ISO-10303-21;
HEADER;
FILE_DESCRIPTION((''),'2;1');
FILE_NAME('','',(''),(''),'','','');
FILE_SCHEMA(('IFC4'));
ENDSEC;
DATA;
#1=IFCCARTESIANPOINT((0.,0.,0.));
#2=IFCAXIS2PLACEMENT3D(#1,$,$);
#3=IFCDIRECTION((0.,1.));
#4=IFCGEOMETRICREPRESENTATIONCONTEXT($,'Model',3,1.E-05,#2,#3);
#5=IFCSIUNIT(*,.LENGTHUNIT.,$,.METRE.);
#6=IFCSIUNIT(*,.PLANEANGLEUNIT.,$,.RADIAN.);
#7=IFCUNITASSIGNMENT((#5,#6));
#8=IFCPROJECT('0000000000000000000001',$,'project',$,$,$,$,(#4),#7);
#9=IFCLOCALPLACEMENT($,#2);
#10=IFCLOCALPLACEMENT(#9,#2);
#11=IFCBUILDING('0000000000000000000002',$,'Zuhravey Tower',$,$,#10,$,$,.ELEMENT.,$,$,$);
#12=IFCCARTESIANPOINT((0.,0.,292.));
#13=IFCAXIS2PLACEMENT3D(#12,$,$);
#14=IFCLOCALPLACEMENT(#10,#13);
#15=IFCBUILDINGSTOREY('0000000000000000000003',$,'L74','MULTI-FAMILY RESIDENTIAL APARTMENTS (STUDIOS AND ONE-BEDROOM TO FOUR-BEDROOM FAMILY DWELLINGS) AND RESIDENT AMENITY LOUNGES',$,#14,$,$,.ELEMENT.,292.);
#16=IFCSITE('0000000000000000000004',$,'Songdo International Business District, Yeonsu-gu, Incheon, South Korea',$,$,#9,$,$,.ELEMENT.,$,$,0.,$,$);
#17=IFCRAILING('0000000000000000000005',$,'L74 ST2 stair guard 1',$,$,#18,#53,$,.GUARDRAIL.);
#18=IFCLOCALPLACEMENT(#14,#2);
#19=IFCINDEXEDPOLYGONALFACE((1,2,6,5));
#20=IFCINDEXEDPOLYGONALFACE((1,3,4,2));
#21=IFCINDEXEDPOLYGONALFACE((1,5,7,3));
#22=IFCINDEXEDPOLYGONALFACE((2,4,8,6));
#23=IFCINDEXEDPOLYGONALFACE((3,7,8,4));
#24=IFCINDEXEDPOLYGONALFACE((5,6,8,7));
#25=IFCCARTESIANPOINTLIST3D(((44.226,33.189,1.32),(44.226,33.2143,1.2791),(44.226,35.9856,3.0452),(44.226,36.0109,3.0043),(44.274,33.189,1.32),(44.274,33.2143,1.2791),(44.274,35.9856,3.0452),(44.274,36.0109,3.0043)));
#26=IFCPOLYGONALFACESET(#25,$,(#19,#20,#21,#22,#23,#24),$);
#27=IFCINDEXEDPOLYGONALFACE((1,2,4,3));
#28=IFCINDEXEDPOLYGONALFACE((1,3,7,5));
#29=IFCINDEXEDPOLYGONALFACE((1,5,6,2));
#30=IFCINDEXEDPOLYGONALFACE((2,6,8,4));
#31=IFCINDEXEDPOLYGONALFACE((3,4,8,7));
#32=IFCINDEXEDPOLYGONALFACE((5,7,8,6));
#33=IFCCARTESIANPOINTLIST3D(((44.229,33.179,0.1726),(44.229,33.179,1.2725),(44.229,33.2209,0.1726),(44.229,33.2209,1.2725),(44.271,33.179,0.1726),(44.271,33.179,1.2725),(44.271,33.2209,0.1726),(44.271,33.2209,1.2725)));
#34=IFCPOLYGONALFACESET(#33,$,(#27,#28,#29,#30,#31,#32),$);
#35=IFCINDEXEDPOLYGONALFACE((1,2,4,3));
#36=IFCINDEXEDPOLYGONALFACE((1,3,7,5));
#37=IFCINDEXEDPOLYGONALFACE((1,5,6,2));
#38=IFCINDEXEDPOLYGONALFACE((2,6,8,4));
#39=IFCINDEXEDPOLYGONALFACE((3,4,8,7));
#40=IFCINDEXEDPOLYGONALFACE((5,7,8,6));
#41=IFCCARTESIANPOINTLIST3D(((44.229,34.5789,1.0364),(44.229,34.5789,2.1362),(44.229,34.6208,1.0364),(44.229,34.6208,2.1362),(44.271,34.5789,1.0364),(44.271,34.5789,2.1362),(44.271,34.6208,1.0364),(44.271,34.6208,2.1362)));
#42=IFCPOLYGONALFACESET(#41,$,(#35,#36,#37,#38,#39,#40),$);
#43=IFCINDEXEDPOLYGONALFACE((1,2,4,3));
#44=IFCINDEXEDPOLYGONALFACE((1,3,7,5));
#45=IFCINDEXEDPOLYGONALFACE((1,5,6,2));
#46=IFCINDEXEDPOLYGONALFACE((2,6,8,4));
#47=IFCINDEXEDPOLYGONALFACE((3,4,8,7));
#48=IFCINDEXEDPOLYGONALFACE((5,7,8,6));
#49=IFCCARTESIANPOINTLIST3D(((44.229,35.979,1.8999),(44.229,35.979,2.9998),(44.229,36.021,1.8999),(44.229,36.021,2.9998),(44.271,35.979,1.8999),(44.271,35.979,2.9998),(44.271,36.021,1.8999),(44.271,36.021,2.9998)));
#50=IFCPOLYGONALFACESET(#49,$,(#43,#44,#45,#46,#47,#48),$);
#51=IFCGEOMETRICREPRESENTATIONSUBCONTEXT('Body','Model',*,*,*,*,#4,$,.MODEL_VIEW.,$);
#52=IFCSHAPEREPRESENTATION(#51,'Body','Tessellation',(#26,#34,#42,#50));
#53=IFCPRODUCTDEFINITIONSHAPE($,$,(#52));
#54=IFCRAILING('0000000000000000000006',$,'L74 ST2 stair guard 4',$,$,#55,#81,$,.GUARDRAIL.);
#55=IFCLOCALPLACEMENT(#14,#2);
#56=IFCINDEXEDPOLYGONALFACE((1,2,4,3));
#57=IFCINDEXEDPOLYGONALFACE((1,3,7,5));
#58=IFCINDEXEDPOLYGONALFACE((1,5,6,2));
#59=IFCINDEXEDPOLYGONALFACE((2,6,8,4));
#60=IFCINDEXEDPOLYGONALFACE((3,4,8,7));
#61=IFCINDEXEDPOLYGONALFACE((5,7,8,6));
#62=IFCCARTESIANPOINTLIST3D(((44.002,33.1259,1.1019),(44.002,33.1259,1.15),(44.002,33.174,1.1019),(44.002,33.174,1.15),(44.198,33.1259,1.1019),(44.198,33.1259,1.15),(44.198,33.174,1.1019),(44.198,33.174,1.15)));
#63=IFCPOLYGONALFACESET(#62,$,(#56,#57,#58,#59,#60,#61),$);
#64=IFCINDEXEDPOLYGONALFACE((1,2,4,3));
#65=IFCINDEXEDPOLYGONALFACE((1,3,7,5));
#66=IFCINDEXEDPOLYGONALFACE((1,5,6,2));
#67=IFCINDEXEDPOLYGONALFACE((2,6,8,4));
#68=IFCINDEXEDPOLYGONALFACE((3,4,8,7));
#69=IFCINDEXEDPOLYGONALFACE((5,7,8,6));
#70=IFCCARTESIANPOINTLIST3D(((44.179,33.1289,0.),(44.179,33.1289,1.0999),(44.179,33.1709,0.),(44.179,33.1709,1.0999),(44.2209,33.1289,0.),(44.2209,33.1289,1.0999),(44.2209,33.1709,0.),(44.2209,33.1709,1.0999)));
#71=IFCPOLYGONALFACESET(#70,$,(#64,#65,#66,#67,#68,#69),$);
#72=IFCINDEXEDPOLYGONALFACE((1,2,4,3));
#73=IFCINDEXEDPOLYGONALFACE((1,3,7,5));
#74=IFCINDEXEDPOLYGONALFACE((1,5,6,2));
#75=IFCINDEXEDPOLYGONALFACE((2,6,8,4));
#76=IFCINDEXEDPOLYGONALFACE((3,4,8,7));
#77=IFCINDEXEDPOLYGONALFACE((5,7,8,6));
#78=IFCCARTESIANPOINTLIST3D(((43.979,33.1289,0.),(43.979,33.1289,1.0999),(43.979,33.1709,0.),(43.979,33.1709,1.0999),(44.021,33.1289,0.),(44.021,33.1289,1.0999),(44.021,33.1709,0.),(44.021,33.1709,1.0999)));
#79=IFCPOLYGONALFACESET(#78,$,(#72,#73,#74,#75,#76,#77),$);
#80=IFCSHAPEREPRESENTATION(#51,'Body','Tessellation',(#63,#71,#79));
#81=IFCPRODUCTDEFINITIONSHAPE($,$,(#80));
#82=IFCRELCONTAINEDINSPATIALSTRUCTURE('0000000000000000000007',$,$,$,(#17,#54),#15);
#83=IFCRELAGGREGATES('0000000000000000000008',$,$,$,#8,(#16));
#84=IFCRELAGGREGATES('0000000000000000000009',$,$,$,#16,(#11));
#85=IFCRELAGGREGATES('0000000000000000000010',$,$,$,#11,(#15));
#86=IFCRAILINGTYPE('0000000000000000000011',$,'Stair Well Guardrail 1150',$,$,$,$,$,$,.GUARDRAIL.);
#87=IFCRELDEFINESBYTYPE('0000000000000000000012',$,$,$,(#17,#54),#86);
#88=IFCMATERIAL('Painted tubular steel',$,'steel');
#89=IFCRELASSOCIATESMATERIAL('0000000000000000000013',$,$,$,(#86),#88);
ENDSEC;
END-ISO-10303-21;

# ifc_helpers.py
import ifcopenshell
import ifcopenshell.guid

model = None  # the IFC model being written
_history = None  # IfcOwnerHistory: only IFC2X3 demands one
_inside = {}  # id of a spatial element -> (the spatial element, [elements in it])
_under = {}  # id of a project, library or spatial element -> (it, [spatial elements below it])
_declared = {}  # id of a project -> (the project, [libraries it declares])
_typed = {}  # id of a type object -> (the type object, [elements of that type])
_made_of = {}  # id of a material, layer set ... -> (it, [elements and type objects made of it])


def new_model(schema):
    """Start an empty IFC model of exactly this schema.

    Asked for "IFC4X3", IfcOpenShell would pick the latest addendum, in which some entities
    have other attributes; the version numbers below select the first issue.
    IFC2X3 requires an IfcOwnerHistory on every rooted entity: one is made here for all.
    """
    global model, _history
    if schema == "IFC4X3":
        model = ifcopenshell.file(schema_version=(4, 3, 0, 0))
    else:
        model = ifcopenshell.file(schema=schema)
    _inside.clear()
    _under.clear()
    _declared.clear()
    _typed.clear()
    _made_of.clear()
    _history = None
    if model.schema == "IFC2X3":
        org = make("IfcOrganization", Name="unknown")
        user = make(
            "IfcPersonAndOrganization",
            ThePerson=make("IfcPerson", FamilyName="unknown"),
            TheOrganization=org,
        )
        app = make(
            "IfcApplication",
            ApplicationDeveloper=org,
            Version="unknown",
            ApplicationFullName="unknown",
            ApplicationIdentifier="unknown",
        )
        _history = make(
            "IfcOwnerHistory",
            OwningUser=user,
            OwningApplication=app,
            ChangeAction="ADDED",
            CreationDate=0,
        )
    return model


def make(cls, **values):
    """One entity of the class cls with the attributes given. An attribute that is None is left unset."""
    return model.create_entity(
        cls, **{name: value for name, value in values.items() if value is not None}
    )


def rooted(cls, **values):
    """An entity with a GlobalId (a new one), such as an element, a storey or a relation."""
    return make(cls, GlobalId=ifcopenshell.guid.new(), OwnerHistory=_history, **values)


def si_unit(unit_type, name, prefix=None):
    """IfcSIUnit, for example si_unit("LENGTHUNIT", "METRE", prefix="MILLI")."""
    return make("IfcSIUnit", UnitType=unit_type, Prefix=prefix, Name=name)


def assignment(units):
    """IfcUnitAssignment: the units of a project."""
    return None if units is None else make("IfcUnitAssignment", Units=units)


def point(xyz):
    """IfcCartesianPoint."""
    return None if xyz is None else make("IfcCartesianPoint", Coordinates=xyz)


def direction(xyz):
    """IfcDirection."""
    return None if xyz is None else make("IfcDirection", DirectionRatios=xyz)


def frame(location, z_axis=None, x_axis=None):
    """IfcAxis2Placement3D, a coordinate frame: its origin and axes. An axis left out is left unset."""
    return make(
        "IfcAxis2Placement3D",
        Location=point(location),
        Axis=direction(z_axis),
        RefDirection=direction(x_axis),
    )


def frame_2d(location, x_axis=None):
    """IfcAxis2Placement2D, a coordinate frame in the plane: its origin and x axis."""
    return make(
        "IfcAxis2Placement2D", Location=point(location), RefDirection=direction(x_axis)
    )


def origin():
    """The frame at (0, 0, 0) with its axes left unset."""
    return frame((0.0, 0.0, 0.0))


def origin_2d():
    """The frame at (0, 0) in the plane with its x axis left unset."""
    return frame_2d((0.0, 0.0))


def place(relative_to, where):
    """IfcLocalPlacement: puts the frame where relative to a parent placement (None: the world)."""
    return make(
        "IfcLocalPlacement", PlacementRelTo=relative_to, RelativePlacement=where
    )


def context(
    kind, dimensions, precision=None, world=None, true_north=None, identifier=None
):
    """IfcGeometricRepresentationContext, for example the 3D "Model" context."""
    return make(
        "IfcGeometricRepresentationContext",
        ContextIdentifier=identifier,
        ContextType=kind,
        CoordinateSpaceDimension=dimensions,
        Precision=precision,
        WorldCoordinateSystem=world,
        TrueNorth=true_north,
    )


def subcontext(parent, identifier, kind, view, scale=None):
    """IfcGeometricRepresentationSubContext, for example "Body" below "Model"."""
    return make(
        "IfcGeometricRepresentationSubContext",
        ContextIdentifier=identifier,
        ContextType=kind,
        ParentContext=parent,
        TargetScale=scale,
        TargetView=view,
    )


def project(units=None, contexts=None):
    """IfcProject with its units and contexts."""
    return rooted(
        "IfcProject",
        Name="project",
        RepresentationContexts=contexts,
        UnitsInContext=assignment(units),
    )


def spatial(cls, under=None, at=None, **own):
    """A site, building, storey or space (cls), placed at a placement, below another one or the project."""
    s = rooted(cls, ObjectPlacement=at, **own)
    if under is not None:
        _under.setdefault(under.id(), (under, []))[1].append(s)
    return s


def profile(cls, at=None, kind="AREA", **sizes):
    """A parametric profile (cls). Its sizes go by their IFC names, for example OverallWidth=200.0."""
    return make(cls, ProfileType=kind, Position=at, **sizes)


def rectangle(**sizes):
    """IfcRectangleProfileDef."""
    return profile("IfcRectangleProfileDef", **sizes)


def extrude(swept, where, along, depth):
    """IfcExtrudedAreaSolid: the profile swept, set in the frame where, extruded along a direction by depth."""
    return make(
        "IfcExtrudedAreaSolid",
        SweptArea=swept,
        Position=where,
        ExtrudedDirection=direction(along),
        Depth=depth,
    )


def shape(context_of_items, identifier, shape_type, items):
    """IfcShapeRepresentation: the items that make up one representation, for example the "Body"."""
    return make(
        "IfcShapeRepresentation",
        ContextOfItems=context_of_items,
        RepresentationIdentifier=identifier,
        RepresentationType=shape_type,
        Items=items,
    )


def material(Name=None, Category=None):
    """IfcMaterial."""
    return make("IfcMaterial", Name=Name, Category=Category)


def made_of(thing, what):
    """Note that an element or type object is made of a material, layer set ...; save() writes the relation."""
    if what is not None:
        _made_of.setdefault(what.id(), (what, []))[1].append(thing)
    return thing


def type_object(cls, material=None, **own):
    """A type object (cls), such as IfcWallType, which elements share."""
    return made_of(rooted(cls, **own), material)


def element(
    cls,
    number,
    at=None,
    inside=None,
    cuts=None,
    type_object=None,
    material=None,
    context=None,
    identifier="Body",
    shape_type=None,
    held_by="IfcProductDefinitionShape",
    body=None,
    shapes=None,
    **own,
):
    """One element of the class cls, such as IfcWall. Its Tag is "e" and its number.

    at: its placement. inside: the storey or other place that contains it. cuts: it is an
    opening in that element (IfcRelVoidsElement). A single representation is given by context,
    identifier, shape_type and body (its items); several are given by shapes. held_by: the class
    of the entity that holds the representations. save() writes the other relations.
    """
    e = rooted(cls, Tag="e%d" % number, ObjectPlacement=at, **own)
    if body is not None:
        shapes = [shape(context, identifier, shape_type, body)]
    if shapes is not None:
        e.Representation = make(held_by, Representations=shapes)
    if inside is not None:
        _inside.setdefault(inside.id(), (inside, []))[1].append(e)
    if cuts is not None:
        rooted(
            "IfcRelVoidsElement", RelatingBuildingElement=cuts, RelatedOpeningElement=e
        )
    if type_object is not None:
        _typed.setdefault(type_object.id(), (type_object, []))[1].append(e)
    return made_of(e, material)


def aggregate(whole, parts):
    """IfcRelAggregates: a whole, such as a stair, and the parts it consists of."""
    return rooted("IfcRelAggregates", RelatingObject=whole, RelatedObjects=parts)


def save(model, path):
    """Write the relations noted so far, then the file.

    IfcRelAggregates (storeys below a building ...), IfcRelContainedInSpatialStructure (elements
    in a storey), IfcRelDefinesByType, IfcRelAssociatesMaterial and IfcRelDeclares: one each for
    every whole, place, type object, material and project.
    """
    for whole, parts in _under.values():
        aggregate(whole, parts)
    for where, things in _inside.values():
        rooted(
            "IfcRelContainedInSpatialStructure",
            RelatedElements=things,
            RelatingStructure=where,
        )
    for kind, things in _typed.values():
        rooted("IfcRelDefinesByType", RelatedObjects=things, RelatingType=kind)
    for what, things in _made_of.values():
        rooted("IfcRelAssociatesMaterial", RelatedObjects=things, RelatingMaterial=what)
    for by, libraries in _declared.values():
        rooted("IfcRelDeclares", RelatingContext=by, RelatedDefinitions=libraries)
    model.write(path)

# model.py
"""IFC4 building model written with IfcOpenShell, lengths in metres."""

from ifc_helpers import new_model, si_unit, direction, frame, origin, origin_2d, place, context, subcontext, project, spatial, rectangle, extrude, material, type_object, element, save


model = new_model("IFC4")

# Units and contexts
model_context = context("Model", 3, precision=1e-05, world=origin(), true_north=direction((0.0, 1.0)))
body_context = subcontext(model_context, "Body", "Model", "MODEL_VIEW")
ifc_project = project(units=[si_unit("LENGTHUNIT", "METRE"), si_unit("PLANEANGLEUNIT", "RADIAN")], contexts=[model_context])

# Site, building, storey
site_placement = place(None, origin())
site = spatial("IfcSite", under=ifc_project, at=site_placement, Name="Songdo International Business District, Yeonsu-gu, Incheon, South Korea", CompositionType="ELEMENT", RefElevation=0.0)
building_placement = place(site_placement, origin())
building = spatial("IfcBuilding", under=site, at=building_placement, Name="Zuhravey Tower", CompositionType="ELEMENT")
storey_placement = place(building_placement, frame((0.0, 0.0, 292.0)))
storey = spatial("IfcBuildingStorey", under=building, at=storey_placement, Name="L74", Description="MULTI-FAMILY RESIDENTIAL APARTMENTS (STUDIOS AND ONE-BEDROOM TO FOUR-BEDROOM FAMILY DWELLINGS) AND RESIDENT AMENITY LOUNGES", CompositionType="ELEMENT", Elevation=292.0)

# Railings
ifc_material_1 = material(Name="Painted tubular steel", Category="steel")
railing_type = type_object("IfcRailingType", Name="Stair Well Guardrail 1150", PredefinedType="GUARDRAIL", material=ifc_material_1)
railing_1_placement = place(storey_placement, frame((44.25, 33.2, 0.1726)))
element("IfcRailing", 1, at=railing_1_placement, inside=storey, type_object=railing_type, Name="L74 ST2 stair guard 1", PredefinedType="GUARDRAIL", context=body_context, shape_type="SweptSolid", body=[
    extrude(rectangle(XDim=0.0481, YDim=0.0481, at=origin_2d()), frame((0.0, 0.0017, 1.127), z_axis=(0.0, 0.85109, 0.52502), x_axis=(-1.0, 0.0, 0.0)), (0.0, 0.0, 1.0), 3.2859),
    extrude(rectangle(XDim=0.042, YDim=0.042, at=origin_2d()), origin(), (0.0, 0.0, 1.0), 1.0999),
    extrude(rectangle(XDim=0.042, YDim=0.042, at=origin_2d()), frame((0.0, 1.3999, 0.8638)), (0.0, 0.0, 1.0), 1.0999),
    extrude(rectangle(XDim=0.042, YDim=0.042, at=origin_2d()), frame((0.0, 2.8, 1.7273)), (0.0, 0.0, 1.0), 1.0999),
])
railing_2_placement = place(storey_placement, frame((44.2, 33.1499, 0.0)))
element("IfcRailing", 2, at=railing_2_placement, inside=storey, type_object=railing_type, Name="L74 ST2 stair guard 4", PredefinedType="GUARDRAIL", context=body_context, shape_type="SweptSolid", body=[
    extrude(rectangle(XDim=0.0481, YDim=0.0481, at=origin_2d()), frame((-0.002, 0.0, 1.126), z_axis=(-1.0, 0.0, 0.0), x_axis=(0.0, -1.0, 0.0)), (0.0, 0.0, 1.0), 0.196),
    extrude(rectangle(XDim=0.042, YDim=0.042, at=origin_2d()), origin(), (0.0, 0.0, 1.0), 1.0999),
    extrude(rectangle(XDim=0.042, YDim=0.042, at=origin_2d()), frame((-0.2, 0.0, 0.0)), (0.0, 0.0, 1.0), 1.0999),
])

save(model, "model.ifc")
